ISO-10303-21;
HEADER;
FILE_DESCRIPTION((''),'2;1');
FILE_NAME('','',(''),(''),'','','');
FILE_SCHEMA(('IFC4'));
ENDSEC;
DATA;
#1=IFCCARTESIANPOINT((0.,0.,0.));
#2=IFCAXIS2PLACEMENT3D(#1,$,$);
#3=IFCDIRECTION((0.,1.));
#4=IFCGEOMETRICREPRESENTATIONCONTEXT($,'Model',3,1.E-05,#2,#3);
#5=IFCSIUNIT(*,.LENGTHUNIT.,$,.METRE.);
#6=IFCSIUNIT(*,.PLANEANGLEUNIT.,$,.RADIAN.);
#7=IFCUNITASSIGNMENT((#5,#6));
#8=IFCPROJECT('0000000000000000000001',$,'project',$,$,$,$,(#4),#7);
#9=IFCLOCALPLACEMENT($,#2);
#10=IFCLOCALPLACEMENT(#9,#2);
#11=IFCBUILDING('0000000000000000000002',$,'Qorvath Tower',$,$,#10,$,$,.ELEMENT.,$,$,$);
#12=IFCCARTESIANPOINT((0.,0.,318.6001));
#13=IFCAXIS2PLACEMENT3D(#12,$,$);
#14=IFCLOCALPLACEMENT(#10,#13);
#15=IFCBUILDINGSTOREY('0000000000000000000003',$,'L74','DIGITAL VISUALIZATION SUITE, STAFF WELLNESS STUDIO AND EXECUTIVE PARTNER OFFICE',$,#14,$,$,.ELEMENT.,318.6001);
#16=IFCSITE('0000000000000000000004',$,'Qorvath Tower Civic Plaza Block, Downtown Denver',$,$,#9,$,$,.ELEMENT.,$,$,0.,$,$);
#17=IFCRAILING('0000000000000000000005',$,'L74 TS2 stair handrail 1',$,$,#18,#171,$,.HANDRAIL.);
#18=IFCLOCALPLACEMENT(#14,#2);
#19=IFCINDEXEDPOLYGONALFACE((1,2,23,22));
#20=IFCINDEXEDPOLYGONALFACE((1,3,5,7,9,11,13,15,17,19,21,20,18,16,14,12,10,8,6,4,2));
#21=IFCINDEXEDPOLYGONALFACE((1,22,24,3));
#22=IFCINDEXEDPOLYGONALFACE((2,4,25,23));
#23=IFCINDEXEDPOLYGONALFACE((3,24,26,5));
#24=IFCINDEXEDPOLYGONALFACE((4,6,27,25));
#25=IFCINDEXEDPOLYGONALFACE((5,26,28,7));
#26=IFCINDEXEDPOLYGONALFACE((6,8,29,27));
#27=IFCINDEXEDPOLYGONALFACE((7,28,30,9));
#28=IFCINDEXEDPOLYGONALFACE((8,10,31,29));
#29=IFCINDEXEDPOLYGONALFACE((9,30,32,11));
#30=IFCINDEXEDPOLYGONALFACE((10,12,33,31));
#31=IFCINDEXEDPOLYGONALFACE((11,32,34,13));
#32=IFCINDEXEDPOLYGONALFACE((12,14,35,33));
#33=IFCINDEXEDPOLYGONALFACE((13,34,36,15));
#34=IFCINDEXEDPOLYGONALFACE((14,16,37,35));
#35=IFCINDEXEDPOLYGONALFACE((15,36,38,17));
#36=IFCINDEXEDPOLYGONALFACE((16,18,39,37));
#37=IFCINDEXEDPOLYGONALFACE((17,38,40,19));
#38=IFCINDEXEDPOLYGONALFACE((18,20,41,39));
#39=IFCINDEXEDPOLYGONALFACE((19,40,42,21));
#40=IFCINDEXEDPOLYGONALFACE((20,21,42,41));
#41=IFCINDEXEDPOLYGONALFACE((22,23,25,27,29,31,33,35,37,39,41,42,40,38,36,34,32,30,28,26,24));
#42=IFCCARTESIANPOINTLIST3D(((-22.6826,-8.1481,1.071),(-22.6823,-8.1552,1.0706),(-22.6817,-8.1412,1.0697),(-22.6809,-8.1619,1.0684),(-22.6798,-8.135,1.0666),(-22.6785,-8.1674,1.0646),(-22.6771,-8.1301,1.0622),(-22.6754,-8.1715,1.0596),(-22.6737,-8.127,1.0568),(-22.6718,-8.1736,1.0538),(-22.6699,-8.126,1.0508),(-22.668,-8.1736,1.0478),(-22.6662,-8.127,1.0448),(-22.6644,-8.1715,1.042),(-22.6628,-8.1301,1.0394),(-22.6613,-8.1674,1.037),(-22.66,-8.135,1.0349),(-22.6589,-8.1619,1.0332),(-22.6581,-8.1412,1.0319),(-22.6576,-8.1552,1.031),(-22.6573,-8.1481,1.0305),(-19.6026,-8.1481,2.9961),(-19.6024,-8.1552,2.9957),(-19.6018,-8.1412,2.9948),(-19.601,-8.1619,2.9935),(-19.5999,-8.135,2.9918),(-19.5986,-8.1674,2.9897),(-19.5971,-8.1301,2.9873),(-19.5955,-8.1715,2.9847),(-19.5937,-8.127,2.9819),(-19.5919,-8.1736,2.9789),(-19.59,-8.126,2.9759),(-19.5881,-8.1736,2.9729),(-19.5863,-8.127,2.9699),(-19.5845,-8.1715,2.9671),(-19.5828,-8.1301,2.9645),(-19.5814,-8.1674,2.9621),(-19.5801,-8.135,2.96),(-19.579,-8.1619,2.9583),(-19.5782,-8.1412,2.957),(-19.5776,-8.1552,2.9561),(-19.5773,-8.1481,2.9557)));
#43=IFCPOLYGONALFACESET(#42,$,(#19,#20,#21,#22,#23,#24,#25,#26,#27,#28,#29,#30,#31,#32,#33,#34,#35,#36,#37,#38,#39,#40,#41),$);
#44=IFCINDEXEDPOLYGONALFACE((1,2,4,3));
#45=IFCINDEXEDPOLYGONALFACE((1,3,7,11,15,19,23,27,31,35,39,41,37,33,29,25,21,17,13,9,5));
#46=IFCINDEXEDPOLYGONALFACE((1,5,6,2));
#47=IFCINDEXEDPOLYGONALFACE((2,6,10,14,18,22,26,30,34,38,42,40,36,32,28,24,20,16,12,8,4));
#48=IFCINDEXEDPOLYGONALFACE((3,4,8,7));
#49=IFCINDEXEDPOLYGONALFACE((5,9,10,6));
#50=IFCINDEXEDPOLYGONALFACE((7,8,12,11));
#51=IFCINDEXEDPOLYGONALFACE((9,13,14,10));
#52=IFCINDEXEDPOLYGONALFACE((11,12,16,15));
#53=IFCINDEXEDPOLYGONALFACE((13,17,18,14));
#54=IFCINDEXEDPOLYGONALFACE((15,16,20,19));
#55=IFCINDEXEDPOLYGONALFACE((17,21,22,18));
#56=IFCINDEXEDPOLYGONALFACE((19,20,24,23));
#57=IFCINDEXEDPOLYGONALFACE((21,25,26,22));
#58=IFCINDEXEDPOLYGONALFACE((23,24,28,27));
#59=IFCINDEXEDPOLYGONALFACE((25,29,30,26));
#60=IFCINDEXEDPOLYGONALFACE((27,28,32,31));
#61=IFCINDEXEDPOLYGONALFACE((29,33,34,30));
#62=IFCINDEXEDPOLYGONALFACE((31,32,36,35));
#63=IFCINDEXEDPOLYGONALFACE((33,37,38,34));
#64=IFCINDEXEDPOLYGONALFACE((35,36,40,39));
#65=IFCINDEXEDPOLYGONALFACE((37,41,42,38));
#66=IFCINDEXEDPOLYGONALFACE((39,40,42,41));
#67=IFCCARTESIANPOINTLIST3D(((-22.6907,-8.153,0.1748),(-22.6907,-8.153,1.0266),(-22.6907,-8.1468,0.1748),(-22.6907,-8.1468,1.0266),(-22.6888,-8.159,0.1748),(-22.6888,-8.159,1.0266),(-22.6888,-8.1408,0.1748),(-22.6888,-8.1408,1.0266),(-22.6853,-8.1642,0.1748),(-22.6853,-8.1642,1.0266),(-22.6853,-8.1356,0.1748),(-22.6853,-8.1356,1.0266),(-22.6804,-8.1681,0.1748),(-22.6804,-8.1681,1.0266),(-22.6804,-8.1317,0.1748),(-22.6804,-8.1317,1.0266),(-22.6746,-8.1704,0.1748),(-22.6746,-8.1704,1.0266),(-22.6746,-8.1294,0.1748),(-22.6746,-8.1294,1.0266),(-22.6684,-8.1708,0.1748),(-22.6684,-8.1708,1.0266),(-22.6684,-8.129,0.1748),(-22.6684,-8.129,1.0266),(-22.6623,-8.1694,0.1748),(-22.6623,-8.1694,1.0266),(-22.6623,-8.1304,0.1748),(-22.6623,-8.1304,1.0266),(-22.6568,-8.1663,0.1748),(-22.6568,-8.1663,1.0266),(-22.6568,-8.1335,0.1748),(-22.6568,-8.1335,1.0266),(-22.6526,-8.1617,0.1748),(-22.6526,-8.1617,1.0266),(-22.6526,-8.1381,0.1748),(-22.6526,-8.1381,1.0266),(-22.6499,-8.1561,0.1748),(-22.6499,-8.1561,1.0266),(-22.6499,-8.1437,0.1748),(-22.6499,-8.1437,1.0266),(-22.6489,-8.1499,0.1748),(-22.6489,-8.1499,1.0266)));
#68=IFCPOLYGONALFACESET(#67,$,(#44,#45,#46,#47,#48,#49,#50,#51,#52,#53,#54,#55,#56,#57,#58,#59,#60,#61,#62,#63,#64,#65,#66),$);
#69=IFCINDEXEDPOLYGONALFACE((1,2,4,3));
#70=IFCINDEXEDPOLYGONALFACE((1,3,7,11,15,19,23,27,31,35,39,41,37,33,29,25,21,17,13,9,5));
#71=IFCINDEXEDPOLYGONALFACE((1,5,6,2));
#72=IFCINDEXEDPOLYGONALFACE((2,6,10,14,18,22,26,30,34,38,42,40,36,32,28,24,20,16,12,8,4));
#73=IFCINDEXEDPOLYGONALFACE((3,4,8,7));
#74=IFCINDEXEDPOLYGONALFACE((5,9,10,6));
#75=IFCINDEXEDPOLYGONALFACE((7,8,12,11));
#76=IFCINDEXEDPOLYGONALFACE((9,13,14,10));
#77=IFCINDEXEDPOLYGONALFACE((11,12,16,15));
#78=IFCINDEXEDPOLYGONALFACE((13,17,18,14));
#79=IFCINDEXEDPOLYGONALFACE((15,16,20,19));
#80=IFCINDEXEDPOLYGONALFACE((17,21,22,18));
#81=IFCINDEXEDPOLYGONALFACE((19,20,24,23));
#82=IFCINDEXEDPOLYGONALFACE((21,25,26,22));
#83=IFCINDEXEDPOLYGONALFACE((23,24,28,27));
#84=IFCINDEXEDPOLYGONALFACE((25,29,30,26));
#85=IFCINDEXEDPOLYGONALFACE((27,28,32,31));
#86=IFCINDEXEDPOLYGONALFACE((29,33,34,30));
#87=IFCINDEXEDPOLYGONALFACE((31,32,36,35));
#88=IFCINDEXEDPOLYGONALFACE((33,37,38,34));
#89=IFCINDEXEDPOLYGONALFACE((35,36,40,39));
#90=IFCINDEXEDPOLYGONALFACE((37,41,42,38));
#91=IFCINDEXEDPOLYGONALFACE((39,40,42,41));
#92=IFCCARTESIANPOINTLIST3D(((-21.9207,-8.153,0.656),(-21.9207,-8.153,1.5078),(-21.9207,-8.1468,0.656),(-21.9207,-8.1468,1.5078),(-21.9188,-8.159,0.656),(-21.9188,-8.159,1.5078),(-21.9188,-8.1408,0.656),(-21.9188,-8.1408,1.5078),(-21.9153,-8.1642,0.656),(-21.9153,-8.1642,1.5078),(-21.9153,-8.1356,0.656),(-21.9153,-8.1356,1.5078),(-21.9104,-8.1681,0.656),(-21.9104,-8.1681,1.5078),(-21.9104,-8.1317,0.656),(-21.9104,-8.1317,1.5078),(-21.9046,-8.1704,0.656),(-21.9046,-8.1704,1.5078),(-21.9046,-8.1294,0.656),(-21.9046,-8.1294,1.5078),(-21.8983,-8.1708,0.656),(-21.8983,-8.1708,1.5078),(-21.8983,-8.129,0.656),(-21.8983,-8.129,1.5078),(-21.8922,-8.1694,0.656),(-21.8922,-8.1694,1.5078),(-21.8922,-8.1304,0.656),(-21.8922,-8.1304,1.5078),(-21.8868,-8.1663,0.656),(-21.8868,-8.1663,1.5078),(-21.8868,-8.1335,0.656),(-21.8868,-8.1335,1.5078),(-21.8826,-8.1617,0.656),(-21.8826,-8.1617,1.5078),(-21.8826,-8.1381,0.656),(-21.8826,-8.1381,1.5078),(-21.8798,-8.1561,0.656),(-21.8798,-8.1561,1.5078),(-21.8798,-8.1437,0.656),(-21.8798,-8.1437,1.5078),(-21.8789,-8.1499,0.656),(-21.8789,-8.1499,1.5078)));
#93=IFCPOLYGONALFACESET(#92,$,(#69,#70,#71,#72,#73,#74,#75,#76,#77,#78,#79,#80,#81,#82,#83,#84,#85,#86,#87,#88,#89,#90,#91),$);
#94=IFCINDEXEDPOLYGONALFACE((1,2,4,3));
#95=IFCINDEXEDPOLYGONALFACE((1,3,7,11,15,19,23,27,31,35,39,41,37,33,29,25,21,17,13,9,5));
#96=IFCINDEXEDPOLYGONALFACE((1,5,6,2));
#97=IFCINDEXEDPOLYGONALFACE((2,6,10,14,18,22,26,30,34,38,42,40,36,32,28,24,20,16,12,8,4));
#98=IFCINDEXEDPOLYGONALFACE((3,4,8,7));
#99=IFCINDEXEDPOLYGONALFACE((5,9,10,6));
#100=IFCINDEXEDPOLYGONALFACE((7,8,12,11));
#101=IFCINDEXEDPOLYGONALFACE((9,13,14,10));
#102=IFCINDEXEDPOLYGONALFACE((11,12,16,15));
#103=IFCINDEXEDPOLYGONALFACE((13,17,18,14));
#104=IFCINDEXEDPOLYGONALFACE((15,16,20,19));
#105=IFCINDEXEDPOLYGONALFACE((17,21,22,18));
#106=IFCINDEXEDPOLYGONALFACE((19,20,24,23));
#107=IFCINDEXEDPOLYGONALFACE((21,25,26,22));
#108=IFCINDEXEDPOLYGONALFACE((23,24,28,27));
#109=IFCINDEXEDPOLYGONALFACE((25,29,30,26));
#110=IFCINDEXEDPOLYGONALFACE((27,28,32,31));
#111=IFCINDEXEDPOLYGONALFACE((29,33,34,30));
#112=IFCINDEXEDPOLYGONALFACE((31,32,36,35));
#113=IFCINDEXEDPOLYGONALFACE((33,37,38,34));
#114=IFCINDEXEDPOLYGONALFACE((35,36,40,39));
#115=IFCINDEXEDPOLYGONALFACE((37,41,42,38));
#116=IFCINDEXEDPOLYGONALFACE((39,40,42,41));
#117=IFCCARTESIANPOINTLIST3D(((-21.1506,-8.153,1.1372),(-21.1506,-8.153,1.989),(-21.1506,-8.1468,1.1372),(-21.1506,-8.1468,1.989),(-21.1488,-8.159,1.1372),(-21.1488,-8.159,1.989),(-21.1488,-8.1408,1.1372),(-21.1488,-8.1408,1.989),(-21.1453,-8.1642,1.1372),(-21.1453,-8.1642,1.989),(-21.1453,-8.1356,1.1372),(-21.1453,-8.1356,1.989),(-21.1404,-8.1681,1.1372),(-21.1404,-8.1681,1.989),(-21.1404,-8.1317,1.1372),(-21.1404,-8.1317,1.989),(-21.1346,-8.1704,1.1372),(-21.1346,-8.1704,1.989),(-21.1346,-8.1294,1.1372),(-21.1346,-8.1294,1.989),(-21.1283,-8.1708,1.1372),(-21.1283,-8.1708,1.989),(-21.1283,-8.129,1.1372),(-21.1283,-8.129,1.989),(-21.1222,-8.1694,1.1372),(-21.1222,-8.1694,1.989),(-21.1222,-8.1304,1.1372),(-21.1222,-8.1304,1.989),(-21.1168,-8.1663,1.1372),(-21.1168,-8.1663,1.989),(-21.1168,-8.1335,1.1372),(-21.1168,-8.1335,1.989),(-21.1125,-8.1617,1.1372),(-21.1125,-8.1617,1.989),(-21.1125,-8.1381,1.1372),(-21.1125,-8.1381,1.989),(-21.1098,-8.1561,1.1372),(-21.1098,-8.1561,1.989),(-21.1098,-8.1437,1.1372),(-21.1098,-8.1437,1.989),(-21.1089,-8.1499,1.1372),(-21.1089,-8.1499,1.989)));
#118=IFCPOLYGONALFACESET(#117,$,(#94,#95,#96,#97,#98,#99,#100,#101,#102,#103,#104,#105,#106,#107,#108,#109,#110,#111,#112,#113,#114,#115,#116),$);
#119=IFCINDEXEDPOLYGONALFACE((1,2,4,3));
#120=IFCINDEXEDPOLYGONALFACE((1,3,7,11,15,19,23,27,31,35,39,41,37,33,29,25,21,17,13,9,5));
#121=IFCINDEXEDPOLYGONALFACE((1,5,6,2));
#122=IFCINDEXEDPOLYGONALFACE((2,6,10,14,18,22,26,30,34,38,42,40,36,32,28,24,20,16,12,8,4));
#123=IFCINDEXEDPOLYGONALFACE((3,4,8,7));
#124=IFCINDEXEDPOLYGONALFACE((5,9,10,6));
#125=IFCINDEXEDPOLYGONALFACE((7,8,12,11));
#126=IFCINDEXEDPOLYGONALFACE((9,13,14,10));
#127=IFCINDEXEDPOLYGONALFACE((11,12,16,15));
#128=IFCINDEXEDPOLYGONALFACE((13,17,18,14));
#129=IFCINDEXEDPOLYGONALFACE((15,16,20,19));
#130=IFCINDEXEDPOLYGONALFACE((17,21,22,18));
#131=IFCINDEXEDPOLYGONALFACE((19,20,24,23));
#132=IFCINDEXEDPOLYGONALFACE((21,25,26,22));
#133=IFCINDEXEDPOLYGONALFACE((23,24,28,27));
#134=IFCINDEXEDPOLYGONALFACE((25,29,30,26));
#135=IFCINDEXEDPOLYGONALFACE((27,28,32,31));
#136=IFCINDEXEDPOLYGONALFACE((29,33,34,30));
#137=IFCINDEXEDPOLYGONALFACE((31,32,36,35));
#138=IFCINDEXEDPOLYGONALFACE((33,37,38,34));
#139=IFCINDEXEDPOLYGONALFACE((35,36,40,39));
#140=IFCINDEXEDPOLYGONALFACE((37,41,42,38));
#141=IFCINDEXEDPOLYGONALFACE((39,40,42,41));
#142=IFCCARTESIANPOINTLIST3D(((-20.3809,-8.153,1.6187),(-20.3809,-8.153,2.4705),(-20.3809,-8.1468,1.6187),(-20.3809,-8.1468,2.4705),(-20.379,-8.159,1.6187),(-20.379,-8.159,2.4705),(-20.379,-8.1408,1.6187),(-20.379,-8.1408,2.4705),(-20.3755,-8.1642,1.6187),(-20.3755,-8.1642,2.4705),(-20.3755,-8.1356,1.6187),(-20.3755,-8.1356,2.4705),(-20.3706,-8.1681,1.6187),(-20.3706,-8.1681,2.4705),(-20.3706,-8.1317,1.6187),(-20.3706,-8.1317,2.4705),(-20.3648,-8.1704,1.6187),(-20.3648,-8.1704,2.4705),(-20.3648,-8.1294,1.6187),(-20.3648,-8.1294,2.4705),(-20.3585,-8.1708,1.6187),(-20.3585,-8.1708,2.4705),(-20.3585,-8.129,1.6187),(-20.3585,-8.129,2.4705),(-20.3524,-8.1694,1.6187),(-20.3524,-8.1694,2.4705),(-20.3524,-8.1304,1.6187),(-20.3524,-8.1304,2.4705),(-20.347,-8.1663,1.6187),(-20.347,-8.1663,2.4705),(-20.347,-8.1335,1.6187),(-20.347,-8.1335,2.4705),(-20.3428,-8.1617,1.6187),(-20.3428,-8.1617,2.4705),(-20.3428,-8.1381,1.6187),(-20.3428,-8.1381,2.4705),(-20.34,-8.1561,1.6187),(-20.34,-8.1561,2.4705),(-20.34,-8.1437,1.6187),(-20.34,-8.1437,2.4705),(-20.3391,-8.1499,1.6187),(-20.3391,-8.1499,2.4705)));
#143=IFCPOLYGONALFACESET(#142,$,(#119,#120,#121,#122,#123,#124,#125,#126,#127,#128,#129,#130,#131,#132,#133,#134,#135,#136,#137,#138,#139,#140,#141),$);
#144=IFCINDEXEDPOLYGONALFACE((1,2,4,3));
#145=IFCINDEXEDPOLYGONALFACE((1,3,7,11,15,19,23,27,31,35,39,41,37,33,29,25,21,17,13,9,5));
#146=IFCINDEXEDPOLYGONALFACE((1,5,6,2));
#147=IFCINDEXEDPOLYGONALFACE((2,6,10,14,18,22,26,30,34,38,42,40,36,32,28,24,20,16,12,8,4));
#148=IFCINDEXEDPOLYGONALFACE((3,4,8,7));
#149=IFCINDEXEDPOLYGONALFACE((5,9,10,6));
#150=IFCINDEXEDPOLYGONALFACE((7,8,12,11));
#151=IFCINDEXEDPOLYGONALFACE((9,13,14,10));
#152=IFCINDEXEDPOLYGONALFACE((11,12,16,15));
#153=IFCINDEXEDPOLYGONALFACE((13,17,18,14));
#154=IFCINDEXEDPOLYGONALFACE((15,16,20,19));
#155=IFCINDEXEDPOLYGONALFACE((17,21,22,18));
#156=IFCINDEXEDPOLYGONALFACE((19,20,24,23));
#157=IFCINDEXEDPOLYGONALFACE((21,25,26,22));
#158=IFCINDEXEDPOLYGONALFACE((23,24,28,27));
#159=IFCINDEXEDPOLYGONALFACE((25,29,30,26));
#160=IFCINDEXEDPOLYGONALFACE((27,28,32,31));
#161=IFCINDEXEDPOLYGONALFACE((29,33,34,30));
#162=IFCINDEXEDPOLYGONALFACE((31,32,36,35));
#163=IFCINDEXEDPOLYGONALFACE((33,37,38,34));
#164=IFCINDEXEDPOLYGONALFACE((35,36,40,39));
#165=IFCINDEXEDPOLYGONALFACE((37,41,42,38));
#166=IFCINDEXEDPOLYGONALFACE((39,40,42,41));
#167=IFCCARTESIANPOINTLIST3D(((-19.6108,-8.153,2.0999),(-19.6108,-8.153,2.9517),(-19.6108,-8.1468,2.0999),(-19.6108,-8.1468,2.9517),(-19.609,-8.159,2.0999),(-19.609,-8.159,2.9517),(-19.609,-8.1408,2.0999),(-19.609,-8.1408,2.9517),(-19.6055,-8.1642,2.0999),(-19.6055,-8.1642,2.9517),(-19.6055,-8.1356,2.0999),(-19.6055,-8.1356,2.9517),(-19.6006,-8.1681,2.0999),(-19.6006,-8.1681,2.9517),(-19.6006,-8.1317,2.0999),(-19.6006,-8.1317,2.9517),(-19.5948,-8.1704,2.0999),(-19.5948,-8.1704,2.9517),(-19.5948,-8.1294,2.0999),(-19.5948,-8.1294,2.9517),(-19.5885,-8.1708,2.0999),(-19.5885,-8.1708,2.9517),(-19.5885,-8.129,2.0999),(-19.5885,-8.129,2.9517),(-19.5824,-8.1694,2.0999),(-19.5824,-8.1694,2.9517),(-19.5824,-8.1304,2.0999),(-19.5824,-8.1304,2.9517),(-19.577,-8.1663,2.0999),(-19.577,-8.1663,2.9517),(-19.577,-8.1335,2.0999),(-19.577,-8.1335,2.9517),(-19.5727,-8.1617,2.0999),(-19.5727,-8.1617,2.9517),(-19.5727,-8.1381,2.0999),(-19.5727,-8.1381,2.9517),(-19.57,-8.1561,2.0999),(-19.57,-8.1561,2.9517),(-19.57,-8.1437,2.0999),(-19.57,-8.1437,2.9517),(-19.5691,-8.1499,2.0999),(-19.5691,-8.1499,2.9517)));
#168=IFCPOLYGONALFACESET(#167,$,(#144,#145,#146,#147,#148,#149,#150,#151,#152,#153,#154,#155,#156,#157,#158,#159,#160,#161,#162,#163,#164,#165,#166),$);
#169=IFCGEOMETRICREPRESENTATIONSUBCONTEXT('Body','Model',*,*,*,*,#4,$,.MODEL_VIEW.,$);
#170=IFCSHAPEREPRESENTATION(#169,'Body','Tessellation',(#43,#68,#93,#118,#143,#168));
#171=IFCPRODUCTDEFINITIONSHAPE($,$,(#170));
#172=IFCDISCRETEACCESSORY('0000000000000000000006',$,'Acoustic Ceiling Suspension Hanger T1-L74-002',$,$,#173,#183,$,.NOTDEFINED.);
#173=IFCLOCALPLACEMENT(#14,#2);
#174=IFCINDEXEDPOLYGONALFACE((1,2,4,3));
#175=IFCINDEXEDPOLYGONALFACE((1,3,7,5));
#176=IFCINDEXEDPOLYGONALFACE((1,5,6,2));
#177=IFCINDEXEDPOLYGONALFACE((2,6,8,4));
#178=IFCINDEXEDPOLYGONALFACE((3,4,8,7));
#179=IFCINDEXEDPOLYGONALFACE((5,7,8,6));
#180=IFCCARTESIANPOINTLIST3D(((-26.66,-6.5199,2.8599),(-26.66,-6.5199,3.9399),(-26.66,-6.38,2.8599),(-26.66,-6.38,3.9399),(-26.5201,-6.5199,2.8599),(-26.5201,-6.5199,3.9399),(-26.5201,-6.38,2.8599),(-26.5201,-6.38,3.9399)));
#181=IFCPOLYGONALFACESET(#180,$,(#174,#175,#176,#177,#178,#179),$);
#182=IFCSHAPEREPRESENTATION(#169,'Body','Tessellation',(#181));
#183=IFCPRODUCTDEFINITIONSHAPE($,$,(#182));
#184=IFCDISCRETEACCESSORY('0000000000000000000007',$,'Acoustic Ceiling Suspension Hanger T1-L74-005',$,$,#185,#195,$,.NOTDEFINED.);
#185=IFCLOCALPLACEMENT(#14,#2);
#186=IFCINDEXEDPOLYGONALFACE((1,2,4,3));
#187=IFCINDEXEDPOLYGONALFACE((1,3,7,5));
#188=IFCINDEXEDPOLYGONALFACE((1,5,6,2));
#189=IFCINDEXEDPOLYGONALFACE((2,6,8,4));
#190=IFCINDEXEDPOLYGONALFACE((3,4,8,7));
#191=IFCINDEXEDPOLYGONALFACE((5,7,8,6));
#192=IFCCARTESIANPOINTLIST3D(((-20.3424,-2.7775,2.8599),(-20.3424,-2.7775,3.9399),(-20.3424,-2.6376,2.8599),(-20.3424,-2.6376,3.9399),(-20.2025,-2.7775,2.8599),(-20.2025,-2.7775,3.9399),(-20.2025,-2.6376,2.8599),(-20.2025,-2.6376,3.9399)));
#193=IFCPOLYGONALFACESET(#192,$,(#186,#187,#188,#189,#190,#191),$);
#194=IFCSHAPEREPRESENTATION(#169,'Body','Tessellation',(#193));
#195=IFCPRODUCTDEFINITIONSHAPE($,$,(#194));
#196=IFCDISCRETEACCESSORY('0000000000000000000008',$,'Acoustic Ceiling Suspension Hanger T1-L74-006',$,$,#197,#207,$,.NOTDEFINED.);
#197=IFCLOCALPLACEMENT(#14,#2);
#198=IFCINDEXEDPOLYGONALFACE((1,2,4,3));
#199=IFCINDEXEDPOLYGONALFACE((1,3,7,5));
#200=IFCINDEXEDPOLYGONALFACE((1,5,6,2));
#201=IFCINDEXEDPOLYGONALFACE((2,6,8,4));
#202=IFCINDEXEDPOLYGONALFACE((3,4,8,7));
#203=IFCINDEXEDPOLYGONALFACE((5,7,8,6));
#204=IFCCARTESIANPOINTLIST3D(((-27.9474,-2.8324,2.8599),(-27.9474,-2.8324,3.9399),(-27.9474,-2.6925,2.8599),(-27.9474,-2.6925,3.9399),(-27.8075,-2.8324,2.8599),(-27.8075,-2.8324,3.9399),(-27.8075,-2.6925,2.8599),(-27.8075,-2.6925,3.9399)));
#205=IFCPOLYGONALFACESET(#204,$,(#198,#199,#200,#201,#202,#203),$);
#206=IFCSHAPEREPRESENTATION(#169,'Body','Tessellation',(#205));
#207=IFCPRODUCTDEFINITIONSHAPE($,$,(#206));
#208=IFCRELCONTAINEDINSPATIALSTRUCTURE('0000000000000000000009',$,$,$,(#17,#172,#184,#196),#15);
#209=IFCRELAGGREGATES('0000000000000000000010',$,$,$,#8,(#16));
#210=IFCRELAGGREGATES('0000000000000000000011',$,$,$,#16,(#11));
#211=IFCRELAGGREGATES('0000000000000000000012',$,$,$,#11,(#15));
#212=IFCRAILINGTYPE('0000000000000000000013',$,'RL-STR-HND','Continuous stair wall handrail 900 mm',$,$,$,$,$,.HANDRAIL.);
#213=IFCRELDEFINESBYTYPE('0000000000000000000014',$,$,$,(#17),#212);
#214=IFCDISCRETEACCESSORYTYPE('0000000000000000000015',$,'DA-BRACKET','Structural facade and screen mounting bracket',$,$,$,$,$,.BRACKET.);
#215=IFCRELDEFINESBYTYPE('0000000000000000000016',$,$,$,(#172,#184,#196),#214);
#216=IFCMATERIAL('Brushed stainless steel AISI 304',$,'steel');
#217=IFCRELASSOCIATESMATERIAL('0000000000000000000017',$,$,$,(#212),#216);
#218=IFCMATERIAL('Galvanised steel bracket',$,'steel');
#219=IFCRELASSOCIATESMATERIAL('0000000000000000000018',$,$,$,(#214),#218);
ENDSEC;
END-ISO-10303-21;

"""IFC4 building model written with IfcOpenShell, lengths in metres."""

from ifc_helpers import new_model, si_unit, direction, frame, origin, origin_2d, place, context, subcontext, project, spatial, rectangle, circle, extrude, material, type_object, element, save


model = new_model("IFC4")

# Units and contexts
model_context = context("Model", 3, precision=1e-05, world=origin(), true_north=direction((0.0, 1.0)))
body_context = subcontext(model_context, "Body", "Model", "MODEL_VIEW")
ifc_project = project(units=[si_unit("LENGTHUNIT", "METRE"), si_unit("PLANEANGLEUNIT", "RADIAN")], contexts=[model_context])

# Site, building, storey
site_placement = place(None, origin())
site = spatial("IfcSite", under=ifc_project, at=site_placement, Name="Qorvath Tower Civic Plaza Block, Downtown Denver", CompositionType="ELEMENT", RefElevation=0.0)
building_placement = place(site_placement, origin())
building = spatial("IfcBuilding", under=site, at=building_placement, Name="Qorvath Tower", CompositionType="ELEMENT")
storey_placement = place(building_placement, frame((0.0, 0.0, 318.6001)))
storey = spatial("IfcBuildingStorey", under=building, at=storey_placement, Name="L74", Description="DIGITAL VISUALIZATION SUITE, STAFF WELLNESS STUDIO AND EXECUTIVE PARTNER OFFICE", CompositionType="ELEMENT", Elevation=318.6001)

# Railing
ifc_material_1 = material(Name="Brushed stainless steel AISI 304", Category="steel")
railing_type_1 = type_object("IfcRailingType", Name="RL-STR-HND", Description="Continuous stair wall handrail 900 mm", PredefinedType="HANDRAIL", material=ifc_material_1)
railing_1_placement = place(storey_placement, frame((-22.6699, -8.1499, 0.1748)))
element("IfcRailing", 1, at=railing_1_placement, inside=storey, type_object=railing_type_1, Name="L74 TS2 stair handrail 1", PredefinedType="HANDRAIL", context=body_context, shape_type="SweptSolid", body=[
    extrude(circle(Radius=0.0239, at=origin_2d()), frame((0.0, 0.0, 0.876), z_axis=(0.847979, 0.0, 0.530029), x_axis=(0.0, 1.0, 0.0)), (0.0, 0.0, 1.0), 3.6321),
    extrude(circle(Radius=0.021, at=origin_2d()), origin(), (0.0, 0.0, 1.0), 0.8518),
    extrude(circle(Radius=0.021, at=origin_2d()), frame((0.77, 0.0, 0.4812)), (0.0, 0.0, 1.0), 0.8518),
    extrude(circle(Radius=0.021, at=origin_2d()), frame((1.54, 0.0, 0.9624)), (0.0, 0.0, 1.0), 0.8518),
    extrude(circle(Radius=0.021, at=origin_2d()), frame((2.3098, 0.0, 1.4438)), (0.0, 0.0, 1.0), 0.8518),
    extrude(circle(Radius=0.021, at=origin_2d()), frame((3.0798, 0.0, 1.925)), (0.0, 0.0, 1.0), 0.8518),
])

# Discrete accessories
ifc_material_2 = material(Name="Galvanised steel bracket", Category="steel")
discrete_accessory_type = type_object("IfcDiscreteAccessoryType", Name="DA-BRACKET", Description="Structural facade and screen mounting bracket", PredefinedType="BRACKET", material=ifc_material_2)
for number, where, z_axis, x_axis, name in (
    (2, (-26.5901, -6.45, 2.8599), (0.0, 0.0, 1.0), (1.0, 0.0, 0.0), "Acoustic Ceiling Suspension Hanger T1-L74-002"),
    (3, (-20.2725, -2.7075, 2.8599), (0.0, 0.0, 1.0), (1.0, 0.0, 0.0), "Acoustic Ceiling Suspension Hanger T1-L74-005"),
    (4, (-27.8774, -2.7625, 2.8599), (0.0, 0.0, 1.0), (1.0, 0.0, 0.0), "Acoustic Ceiling Suspension Hanger T1-L74-006"),
):
    element("IfcDiscreteAccessory", number, at=place(storey_placement, frame(where, z_axis=z_axis, x_axis=x_axis)), inside=storey, type_object=discrete_accessory_type, Name=name, PredefinedType="NOTDEFINED", context=body_context, shape_type="SweptSolid", body=[
        extrude(rectangle(XDim=0.1399, YDim=0.1399, at=origin_2d()), origin(), (0.0, 0.0, 1.0), 1.0801),
    ])

save(model, "model.ifc")
